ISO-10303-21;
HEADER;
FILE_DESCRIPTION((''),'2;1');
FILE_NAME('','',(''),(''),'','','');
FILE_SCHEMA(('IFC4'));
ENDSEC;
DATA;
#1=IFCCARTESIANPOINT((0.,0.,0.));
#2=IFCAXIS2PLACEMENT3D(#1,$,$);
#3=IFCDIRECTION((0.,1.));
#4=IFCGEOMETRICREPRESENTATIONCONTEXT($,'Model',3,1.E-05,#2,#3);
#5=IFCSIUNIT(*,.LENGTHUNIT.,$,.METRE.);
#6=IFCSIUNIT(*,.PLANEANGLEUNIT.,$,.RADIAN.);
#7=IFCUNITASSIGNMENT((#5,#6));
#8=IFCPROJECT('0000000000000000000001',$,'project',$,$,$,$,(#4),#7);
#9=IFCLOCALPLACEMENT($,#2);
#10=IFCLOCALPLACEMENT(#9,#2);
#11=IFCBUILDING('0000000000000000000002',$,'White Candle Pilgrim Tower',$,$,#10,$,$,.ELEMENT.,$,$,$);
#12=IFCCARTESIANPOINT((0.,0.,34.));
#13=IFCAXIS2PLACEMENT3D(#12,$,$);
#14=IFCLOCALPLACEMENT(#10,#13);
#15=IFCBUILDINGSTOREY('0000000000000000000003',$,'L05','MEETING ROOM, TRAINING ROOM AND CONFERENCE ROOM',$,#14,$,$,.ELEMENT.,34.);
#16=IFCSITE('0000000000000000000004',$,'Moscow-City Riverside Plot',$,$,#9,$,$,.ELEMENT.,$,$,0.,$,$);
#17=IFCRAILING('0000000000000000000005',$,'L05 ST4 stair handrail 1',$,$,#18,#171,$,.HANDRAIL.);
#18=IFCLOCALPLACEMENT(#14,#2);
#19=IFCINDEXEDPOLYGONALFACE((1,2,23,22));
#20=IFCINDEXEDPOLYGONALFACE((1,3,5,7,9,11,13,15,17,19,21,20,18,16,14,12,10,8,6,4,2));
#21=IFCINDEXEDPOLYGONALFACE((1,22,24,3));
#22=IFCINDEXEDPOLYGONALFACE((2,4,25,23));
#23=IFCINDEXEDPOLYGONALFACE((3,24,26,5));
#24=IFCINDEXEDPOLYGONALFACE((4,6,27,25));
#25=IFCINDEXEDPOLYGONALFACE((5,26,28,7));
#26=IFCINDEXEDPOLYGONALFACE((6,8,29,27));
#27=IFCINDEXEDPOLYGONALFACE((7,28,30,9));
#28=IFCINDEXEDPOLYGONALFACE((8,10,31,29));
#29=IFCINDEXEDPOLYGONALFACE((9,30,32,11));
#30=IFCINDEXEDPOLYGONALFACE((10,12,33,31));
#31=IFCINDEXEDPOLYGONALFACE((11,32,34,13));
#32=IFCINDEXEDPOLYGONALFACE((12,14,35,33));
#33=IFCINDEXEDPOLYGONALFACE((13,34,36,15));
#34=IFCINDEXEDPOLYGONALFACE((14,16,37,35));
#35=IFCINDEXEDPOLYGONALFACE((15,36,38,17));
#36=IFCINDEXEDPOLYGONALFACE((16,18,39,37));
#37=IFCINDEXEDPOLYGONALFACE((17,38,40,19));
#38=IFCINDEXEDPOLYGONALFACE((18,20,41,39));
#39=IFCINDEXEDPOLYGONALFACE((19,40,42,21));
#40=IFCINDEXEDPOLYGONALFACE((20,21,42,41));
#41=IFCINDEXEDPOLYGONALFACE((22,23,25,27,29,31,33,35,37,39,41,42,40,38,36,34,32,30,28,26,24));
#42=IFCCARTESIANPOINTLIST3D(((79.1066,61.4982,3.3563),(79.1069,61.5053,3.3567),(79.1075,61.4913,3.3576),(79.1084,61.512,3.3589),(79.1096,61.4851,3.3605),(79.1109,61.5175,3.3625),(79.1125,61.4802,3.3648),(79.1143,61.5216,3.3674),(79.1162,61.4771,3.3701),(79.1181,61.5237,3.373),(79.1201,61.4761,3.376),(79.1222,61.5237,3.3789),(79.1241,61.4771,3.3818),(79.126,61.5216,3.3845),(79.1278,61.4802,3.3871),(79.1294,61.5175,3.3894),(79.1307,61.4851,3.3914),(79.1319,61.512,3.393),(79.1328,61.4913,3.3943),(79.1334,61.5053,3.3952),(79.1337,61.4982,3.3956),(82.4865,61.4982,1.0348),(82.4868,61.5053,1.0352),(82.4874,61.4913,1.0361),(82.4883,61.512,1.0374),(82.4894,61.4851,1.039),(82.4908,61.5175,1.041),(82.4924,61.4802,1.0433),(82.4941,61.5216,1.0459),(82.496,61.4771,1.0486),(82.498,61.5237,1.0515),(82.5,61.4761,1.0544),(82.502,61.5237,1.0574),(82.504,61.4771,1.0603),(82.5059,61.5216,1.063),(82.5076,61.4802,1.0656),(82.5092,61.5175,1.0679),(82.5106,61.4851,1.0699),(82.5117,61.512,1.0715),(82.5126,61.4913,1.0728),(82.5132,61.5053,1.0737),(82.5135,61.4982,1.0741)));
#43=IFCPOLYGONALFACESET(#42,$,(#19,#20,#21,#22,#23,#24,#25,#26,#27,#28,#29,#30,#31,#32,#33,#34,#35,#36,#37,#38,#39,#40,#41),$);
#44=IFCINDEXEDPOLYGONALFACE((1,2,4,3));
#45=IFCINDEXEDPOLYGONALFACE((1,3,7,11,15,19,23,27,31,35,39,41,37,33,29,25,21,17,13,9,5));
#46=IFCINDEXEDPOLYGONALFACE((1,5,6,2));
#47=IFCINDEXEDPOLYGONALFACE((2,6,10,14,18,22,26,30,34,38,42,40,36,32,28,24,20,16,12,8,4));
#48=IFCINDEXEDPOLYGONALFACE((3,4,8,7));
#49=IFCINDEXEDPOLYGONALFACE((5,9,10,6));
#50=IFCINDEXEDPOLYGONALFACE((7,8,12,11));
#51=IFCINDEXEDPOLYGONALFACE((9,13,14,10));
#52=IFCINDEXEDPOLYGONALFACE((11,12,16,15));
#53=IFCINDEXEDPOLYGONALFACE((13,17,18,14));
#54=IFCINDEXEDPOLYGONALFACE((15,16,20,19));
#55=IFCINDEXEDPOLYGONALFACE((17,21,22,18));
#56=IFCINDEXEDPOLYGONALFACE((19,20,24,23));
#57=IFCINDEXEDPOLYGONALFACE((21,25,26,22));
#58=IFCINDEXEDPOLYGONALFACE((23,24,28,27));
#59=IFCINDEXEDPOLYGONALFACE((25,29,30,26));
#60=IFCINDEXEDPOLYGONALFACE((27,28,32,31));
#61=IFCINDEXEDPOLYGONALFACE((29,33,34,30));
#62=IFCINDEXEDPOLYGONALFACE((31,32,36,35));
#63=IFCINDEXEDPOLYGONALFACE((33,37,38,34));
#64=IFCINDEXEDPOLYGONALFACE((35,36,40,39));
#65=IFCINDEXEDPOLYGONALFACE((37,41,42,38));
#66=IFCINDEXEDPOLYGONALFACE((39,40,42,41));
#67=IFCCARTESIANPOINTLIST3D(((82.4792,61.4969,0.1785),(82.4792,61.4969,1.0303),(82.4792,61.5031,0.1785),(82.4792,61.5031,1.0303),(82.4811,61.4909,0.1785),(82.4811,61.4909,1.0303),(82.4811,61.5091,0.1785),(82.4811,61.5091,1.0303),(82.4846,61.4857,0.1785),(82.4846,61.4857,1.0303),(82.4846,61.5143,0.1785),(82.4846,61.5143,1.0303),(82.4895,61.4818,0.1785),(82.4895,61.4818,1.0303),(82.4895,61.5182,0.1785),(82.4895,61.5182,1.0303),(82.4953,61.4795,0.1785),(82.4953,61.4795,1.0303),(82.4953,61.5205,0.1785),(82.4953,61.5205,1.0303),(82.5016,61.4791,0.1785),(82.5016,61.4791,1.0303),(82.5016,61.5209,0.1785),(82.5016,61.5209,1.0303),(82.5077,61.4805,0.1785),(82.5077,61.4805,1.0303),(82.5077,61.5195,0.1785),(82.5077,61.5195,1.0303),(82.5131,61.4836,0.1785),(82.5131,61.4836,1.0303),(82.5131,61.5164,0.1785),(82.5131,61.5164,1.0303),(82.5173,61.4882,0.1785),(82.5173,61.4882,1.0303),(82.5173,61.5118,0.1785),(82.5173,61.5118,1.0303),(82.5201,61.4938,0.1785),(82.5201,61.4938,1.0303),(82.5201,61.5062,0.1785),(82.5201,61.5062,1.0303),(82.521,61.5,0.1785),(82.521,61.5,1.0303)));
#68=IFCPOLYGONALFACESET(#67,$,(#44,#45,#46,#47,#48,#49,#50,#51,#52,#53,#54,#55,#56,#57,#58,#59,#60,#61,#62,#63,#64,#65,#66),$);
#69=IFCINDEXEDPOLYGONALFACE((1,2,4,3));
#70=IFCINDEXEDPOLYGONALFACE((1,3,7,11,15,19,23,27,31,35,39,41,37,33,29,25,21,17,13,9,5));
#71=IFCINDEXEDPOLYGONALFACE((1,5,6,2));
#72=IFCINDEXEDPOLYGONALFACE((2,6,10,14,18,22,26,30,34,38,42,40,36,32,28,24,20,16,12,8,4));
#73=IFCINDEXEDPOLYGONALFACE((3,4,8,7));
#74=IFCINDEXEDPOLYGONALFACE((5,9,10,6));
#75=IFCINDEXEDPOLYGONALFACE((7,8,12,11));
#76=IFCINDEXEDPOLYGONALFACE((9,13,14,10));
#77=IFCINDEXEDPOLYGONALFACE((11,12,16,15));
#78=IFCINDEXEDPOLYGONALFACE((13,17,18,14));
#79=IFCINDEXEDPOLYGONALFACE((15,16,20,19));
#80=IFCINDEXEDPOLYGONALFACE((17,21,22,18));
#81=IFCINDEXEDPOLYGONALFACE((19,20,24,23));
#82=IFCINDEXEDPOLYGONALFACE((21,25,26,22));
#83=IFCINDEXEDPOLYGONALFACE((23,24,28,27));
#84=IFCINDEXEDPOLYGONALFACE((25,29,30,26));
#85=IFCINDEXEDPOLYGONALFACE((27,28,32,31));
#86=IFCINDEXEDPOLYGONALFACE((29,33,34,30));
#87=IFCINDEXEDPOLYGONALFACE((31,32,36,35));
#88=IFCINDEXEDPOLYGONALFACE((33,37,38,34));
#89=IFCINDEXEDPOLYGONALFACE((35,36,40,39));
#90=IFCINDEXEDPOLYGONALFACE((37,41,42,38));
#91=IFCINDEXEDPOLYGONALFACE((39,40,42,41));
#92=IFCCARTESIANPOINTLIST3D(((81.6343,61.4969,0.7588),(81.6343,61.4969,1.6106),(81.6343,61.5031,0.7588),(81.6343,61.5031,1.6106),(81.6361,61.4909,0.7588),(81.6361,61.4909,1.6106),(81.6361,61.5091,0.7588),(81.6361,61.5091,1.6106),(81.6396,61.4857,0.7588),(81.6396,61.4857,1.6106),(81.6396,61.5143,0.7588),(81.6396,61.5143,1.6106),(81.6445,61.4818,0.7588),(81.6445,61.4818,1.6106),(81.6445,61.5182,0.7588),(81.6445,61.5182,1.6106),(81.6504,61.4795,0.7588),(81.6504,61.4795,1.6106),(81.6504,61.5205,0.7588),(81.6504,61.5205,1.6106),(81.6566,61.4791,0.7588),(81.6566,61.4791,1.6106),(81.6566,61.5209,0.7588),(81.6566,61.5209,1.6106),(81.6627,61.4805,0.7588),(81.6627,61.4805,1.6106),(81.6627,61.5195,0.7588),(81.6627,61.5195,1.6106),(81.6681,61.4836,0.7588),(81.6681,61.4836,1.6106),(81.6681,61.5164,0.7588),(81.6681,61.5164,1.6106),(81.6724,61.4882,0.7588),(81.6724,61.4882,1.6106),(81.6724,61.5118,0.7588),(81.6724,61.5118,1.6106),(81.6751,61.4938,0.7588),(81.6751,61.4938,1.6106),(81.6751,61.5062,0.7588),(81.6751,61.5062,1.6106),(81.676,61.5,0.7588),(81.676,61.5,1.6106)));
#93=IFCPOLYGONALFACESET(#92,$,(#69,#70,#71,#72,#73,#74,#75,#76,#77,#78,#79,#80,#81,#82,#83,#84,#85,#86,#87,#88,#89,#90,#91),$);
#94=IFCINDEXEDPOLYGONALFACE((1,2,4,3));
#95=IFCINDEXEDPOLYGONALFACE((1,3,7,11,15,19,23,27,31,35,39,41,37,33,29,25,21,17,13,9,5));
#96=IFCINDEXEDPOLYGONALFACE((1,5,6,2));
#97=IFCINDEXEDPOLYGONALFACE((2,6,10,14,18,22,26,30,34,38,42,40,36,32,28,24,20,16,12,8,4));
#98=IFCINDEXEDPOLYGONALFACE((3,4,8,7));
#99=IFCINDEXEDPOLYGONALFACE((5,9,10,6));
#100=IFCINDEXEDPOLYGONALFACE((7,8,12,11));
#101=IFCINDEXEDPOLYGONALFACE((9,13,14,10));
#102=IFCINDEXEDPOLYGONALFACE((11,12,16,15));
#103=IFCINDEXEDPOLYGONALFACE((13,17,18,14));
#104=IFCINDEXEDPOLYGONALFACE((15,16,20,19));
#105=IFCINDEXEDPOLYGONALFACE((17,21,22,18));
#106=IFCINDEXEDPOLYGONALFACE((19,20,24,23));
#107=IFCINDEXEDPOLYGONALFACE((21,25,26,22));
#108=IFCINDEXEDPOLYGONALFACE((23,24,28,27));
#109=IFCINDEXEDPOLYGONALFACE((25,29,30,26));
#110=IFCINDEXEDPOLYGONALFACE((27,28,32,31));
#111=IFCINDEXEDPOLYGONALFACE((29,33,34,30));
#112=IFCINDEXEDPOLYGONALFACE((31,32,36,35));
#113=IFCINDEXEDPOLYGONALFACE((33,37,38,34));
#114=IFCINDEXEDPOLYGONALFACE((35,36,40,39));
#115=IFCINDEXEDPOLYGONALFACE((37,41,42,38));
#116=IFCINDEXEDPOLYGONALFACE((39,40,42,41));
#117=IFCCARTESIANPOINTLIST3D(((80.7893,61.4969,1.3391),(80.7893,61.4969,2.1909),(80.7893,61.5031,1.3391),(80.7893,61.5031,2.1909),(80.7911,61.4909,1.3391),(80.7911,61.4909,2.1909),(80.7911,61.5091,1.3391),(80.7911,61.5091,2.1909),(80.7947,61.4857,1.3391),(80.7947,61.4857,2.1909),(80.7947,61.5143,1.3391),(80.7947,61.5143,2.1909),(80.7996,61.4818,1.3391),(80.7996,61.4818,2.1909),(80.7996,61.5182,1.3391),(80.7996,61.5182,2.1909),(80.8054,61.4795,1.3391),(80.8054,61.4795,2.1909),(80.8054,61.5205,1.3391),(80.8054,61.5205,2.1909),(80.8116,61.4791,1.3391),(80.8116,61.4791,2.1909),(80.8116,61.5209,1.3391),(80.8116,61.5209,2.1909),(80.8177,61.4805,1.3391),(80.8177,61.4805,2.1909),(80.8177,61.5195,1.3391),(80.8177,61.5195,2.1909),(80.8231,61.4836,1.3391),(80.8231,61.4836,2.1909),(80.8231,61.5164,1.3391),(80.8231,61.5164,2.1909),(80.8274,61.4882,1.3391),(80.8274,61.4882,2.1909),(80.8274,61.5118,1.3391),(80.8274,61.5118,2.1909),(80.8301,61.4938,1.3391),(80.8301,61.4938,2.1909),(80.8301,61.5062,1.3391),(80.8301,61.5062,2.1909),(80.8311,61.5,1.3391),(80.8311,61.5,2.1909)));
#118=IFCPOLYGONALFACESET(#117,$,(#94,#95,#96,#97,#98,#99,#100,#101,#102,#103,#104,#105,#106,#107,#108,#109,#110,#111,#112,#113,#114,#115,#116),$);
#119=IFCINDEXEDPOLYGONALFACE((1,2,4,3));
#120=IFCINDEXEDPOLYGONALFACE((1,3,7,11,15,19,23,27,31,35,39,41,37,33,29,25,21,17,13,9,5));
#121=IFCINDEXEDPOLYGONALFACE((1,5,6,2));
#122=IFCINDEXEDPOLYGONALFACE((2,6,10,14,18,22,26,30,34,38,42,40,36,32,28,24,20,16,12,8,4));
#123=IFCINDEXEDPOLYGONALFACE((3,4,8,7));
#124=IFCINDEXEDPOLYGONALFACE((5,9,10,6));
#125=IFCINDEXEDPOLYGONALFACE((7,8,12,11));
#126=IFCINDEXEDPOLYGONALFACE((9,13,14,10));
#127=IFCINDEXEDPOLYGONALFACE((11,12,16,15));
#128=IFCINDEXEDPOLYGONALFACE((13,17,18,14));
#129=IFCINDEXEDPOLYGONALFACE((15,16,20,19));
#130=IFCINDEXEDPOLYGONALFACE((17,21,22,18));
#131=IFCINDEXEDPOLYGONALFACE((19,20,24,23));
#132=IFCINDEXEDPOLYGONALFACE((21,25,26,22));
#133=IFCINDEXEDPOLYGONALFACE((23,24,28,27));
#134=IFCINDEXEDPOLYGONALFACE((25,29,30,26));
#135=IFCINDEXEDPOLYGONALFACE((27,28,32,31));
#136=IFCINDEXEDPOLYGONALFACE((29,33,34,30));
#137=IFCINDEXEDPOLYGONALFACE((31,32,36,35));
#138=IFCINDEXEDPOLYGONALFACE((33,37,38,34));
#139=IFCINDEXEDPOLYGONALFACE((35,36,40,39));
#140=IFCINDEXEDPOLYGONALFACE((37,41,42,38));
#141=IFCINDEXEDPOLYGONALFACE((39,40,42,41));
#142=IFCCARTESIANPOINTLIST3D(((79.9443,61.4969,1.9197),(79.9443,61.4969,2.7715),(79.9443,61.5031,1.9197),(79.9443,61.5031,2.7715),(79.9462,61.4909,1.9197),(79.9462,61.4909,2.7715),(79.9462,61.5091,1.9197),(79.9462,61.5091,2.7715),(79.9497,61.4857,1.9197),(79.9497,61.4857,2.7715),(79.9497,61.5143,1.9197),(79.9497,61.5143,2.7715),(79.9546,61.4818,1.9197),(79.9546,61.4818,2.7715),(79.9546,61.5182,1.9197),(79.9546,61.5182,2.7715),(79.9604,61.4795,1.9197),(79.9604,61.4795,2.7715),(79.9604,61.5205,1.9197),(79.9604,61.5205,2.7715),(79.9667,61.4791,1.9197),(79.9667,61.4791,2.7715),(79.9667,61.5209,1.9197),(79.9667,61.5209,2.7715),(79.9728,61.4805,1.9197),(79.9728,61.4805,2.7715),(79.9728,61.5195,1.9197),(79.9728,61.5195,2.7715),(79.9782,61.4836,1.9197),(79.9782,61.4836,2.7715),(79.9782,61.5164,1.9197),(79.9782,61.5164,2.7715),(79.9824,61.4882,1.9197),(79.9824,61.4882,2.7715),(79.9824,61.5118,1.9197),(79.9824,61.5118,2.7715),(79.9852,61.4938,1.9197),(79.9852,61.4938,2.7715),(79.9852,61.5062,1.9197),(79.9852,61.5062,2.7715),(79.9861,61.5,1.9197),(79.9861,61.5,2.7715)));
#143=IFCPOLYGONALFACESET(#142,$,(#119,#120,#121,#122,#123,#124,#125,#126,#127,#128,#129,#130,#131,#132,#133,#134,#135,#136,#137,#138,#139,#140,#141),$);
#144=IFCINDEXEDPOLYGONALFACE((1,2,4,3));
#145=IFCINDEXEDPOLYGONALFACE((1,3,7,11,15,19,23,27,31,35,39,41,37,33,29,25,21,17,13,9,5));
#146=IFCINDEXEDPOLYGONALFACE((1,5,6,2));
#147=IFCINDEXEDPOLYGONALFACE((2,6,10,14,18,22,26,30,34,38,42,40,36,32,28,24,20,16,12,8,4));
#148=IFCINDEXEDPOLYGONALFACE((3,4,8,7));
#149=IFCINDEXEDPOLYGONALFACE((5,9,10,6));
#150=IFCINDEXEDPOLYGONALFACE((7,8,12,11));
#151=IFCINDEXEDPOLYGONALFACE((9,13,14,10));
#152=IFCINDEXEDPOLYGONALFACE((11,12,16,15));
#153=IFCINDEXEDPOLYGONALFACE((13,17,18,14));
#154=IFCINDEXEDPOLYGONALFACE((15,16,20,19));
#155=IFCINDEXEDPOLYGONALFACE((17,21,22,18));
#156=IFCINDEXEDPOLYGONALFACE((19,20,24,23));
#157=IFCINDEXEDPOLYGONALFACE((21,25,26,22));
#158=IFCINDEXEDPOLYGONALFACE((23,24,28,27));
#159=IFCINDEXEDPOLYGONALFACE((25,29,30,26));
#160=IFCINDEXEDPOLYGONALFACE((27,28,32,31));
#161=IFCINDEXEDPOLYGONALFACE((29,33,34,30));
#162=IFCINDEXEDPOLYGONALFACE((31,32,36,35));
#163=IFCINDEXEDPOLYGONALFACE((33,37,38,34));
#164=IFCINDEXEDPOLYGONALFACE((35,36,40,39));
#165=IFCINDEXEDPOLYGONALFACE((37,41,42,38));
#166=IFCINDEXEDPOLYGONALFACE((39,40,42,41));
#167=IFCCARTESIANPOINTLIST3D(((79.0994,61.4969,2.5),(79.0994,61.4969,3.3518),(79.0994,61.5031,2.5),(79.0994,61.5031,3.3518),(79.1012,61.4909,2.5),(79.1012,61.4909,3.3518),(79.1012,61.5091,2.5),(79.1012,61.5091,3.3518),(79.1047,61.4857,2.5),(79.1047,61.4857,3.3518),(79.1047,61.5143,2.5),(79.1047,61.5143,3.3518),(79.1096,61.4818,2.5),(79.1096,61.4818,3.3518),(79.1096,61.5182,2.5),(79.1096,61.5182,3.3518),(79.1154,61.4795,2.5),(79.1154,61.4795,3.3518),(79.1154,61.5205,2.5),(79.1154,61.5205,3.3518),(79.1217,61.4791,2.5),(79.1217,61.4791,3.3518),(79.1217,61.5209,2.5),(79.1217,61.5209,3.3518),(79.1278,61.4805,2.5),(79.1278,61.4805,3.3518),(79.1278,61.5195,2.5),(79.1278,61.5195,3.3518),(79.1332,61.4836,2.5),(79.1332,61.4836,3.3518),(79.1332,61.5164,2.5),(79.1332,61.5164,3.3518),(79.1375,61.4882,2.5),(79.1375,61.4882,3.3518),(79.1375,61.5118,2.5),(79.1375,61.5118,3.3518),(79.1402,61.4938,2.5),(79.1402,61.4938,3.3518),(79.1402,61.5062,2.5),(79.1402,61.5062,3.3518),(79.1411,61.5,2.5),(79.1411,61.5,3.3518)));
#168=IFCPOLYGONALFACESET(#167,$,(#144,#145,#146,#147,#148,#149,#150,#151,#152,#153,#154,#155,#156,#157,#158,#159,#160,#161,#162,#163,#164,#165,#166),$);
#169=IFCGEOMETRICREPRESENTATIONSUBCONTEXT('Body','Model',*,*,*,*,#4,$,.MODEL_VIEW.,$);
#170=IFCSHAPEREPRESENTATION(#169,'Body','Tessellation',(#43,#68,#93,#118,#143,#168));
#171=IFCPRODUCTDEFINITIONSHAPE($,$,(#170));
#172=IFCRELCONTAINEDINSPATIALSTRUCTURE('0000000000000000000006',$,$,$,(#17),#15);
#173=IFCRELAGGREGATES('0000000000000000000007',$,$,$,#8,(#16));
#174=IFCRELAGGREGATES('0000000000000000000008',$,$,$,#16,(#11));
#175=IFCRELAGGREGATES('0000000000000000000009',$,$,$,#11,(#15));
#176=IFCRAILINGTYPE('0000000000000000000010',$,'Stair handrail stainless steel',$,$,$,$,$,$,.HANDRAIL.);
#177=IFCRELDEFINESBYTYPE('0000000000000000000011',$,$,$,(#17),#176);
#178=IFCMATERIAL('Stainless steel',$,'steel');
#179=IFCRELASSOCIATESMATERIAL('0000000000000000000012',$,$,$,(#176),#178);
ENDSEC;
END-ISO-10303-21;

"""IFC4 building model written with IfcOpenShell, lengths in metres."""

from ifc_helpers import new_model, si_unit, direction, frame, origin, origin_2d, place, context, subcontext, project, spatial, circle, extrude, material, type_object, element, save


model = new_model("IFC4")

# Units and contexts
model_context = context("Model", 3, precision=1e-05, world=origin(), true_north=direction((0.0, 1.0)))
body_context = subcontext(model_context, "Body", "Model", "MODEL_VIEW")
ifc_project = project(units=[si_unit("LENGTHUNIT", "METRE"), si_unit("PLANEANGLEUNIT", "RADIAN")], contexts=[model_context])

# Site, building, storey
site_placement = place(None, origin())
site = spatial("IfcSite", under=ifc_project, at=site_placement, Name="Moscow-City Riverside Plot", CompositionType="ELEMENT", RefElevation=0.0)
building_placement = place(site_placement, origin())
building = spatial("IfcBuilding", under=site, at=building_placement, Name="White Candle Pilgrim Tower", CompositionType="ELEMENT")
storey_placement = place(building_placement, frame((0.0, 0.0, 34.0)))
storey = spatial("IfcBuildingStorey", under=building, at=storey_placement, Name="L05", Description="MEETING ROOM, TRAINING ROOM AND CONFERENCE ROOM", CompositionType="ELEMENT", Elevation=34.0)

# Railing
ifc_material_1 = material(Name="Stainless steel", Category="steel")
railing_type_1 = type_object("IfcRailingType", Name="Stair handrail stainless steel", PredefinedType="HANDRAIL", material=ifc_material_1)
railing_1_placement = place(storey_placement, frame((82.5, 61.5, 0.1785)))
element("IfcRailing", 1, at=railing_1_placement, inside=storey, type_object=railing_type_1, Name="L05 ST4 stair handrail 1", PredefinedType="HANDRAIL", context=body_context, shape_type="SweptSolid", body=[
    extrude(circle(Radius=0.0239, at=origin_2d()), frame((0.0, 0.0, 0.876), z_axis=(-0.824285, 0.0, 0.566175), x_axis=(0.0, -1.0, 0.0)), (0.0, 0.0, 1.0), 4.1003),
    extrude(circle(Radius=0.021, at=origin_2d()), origin(), (0.0, 0.0, 1.0), 0.8518),
    extrude(circle(Radius=0.021, at=origin_2d()), frame((-0.845, 0.0, 0.5803)), (0.0, 0.0, 1.0), 0.8518),
    extrude(circle(Radius=0.021, at=origin_2d()), frame((-1.6899, 0.0, 1.1606)), (0.0, 0.0, 1.0), 0.8518),
    extrude(circle(Radius=0.021, at=origin_2d()), frame((-2.5349, 0.0, 1.7412)), (0.0, 0.0, 1.0), 0.8518),
    extrude(circle(Radius=0.021, at=origin_2d()), frame((-3.3799, 0.0, 2.3215)), (0.0, 0.0, 1.0), 0.8518),
])

save(model, "model.ifc")
